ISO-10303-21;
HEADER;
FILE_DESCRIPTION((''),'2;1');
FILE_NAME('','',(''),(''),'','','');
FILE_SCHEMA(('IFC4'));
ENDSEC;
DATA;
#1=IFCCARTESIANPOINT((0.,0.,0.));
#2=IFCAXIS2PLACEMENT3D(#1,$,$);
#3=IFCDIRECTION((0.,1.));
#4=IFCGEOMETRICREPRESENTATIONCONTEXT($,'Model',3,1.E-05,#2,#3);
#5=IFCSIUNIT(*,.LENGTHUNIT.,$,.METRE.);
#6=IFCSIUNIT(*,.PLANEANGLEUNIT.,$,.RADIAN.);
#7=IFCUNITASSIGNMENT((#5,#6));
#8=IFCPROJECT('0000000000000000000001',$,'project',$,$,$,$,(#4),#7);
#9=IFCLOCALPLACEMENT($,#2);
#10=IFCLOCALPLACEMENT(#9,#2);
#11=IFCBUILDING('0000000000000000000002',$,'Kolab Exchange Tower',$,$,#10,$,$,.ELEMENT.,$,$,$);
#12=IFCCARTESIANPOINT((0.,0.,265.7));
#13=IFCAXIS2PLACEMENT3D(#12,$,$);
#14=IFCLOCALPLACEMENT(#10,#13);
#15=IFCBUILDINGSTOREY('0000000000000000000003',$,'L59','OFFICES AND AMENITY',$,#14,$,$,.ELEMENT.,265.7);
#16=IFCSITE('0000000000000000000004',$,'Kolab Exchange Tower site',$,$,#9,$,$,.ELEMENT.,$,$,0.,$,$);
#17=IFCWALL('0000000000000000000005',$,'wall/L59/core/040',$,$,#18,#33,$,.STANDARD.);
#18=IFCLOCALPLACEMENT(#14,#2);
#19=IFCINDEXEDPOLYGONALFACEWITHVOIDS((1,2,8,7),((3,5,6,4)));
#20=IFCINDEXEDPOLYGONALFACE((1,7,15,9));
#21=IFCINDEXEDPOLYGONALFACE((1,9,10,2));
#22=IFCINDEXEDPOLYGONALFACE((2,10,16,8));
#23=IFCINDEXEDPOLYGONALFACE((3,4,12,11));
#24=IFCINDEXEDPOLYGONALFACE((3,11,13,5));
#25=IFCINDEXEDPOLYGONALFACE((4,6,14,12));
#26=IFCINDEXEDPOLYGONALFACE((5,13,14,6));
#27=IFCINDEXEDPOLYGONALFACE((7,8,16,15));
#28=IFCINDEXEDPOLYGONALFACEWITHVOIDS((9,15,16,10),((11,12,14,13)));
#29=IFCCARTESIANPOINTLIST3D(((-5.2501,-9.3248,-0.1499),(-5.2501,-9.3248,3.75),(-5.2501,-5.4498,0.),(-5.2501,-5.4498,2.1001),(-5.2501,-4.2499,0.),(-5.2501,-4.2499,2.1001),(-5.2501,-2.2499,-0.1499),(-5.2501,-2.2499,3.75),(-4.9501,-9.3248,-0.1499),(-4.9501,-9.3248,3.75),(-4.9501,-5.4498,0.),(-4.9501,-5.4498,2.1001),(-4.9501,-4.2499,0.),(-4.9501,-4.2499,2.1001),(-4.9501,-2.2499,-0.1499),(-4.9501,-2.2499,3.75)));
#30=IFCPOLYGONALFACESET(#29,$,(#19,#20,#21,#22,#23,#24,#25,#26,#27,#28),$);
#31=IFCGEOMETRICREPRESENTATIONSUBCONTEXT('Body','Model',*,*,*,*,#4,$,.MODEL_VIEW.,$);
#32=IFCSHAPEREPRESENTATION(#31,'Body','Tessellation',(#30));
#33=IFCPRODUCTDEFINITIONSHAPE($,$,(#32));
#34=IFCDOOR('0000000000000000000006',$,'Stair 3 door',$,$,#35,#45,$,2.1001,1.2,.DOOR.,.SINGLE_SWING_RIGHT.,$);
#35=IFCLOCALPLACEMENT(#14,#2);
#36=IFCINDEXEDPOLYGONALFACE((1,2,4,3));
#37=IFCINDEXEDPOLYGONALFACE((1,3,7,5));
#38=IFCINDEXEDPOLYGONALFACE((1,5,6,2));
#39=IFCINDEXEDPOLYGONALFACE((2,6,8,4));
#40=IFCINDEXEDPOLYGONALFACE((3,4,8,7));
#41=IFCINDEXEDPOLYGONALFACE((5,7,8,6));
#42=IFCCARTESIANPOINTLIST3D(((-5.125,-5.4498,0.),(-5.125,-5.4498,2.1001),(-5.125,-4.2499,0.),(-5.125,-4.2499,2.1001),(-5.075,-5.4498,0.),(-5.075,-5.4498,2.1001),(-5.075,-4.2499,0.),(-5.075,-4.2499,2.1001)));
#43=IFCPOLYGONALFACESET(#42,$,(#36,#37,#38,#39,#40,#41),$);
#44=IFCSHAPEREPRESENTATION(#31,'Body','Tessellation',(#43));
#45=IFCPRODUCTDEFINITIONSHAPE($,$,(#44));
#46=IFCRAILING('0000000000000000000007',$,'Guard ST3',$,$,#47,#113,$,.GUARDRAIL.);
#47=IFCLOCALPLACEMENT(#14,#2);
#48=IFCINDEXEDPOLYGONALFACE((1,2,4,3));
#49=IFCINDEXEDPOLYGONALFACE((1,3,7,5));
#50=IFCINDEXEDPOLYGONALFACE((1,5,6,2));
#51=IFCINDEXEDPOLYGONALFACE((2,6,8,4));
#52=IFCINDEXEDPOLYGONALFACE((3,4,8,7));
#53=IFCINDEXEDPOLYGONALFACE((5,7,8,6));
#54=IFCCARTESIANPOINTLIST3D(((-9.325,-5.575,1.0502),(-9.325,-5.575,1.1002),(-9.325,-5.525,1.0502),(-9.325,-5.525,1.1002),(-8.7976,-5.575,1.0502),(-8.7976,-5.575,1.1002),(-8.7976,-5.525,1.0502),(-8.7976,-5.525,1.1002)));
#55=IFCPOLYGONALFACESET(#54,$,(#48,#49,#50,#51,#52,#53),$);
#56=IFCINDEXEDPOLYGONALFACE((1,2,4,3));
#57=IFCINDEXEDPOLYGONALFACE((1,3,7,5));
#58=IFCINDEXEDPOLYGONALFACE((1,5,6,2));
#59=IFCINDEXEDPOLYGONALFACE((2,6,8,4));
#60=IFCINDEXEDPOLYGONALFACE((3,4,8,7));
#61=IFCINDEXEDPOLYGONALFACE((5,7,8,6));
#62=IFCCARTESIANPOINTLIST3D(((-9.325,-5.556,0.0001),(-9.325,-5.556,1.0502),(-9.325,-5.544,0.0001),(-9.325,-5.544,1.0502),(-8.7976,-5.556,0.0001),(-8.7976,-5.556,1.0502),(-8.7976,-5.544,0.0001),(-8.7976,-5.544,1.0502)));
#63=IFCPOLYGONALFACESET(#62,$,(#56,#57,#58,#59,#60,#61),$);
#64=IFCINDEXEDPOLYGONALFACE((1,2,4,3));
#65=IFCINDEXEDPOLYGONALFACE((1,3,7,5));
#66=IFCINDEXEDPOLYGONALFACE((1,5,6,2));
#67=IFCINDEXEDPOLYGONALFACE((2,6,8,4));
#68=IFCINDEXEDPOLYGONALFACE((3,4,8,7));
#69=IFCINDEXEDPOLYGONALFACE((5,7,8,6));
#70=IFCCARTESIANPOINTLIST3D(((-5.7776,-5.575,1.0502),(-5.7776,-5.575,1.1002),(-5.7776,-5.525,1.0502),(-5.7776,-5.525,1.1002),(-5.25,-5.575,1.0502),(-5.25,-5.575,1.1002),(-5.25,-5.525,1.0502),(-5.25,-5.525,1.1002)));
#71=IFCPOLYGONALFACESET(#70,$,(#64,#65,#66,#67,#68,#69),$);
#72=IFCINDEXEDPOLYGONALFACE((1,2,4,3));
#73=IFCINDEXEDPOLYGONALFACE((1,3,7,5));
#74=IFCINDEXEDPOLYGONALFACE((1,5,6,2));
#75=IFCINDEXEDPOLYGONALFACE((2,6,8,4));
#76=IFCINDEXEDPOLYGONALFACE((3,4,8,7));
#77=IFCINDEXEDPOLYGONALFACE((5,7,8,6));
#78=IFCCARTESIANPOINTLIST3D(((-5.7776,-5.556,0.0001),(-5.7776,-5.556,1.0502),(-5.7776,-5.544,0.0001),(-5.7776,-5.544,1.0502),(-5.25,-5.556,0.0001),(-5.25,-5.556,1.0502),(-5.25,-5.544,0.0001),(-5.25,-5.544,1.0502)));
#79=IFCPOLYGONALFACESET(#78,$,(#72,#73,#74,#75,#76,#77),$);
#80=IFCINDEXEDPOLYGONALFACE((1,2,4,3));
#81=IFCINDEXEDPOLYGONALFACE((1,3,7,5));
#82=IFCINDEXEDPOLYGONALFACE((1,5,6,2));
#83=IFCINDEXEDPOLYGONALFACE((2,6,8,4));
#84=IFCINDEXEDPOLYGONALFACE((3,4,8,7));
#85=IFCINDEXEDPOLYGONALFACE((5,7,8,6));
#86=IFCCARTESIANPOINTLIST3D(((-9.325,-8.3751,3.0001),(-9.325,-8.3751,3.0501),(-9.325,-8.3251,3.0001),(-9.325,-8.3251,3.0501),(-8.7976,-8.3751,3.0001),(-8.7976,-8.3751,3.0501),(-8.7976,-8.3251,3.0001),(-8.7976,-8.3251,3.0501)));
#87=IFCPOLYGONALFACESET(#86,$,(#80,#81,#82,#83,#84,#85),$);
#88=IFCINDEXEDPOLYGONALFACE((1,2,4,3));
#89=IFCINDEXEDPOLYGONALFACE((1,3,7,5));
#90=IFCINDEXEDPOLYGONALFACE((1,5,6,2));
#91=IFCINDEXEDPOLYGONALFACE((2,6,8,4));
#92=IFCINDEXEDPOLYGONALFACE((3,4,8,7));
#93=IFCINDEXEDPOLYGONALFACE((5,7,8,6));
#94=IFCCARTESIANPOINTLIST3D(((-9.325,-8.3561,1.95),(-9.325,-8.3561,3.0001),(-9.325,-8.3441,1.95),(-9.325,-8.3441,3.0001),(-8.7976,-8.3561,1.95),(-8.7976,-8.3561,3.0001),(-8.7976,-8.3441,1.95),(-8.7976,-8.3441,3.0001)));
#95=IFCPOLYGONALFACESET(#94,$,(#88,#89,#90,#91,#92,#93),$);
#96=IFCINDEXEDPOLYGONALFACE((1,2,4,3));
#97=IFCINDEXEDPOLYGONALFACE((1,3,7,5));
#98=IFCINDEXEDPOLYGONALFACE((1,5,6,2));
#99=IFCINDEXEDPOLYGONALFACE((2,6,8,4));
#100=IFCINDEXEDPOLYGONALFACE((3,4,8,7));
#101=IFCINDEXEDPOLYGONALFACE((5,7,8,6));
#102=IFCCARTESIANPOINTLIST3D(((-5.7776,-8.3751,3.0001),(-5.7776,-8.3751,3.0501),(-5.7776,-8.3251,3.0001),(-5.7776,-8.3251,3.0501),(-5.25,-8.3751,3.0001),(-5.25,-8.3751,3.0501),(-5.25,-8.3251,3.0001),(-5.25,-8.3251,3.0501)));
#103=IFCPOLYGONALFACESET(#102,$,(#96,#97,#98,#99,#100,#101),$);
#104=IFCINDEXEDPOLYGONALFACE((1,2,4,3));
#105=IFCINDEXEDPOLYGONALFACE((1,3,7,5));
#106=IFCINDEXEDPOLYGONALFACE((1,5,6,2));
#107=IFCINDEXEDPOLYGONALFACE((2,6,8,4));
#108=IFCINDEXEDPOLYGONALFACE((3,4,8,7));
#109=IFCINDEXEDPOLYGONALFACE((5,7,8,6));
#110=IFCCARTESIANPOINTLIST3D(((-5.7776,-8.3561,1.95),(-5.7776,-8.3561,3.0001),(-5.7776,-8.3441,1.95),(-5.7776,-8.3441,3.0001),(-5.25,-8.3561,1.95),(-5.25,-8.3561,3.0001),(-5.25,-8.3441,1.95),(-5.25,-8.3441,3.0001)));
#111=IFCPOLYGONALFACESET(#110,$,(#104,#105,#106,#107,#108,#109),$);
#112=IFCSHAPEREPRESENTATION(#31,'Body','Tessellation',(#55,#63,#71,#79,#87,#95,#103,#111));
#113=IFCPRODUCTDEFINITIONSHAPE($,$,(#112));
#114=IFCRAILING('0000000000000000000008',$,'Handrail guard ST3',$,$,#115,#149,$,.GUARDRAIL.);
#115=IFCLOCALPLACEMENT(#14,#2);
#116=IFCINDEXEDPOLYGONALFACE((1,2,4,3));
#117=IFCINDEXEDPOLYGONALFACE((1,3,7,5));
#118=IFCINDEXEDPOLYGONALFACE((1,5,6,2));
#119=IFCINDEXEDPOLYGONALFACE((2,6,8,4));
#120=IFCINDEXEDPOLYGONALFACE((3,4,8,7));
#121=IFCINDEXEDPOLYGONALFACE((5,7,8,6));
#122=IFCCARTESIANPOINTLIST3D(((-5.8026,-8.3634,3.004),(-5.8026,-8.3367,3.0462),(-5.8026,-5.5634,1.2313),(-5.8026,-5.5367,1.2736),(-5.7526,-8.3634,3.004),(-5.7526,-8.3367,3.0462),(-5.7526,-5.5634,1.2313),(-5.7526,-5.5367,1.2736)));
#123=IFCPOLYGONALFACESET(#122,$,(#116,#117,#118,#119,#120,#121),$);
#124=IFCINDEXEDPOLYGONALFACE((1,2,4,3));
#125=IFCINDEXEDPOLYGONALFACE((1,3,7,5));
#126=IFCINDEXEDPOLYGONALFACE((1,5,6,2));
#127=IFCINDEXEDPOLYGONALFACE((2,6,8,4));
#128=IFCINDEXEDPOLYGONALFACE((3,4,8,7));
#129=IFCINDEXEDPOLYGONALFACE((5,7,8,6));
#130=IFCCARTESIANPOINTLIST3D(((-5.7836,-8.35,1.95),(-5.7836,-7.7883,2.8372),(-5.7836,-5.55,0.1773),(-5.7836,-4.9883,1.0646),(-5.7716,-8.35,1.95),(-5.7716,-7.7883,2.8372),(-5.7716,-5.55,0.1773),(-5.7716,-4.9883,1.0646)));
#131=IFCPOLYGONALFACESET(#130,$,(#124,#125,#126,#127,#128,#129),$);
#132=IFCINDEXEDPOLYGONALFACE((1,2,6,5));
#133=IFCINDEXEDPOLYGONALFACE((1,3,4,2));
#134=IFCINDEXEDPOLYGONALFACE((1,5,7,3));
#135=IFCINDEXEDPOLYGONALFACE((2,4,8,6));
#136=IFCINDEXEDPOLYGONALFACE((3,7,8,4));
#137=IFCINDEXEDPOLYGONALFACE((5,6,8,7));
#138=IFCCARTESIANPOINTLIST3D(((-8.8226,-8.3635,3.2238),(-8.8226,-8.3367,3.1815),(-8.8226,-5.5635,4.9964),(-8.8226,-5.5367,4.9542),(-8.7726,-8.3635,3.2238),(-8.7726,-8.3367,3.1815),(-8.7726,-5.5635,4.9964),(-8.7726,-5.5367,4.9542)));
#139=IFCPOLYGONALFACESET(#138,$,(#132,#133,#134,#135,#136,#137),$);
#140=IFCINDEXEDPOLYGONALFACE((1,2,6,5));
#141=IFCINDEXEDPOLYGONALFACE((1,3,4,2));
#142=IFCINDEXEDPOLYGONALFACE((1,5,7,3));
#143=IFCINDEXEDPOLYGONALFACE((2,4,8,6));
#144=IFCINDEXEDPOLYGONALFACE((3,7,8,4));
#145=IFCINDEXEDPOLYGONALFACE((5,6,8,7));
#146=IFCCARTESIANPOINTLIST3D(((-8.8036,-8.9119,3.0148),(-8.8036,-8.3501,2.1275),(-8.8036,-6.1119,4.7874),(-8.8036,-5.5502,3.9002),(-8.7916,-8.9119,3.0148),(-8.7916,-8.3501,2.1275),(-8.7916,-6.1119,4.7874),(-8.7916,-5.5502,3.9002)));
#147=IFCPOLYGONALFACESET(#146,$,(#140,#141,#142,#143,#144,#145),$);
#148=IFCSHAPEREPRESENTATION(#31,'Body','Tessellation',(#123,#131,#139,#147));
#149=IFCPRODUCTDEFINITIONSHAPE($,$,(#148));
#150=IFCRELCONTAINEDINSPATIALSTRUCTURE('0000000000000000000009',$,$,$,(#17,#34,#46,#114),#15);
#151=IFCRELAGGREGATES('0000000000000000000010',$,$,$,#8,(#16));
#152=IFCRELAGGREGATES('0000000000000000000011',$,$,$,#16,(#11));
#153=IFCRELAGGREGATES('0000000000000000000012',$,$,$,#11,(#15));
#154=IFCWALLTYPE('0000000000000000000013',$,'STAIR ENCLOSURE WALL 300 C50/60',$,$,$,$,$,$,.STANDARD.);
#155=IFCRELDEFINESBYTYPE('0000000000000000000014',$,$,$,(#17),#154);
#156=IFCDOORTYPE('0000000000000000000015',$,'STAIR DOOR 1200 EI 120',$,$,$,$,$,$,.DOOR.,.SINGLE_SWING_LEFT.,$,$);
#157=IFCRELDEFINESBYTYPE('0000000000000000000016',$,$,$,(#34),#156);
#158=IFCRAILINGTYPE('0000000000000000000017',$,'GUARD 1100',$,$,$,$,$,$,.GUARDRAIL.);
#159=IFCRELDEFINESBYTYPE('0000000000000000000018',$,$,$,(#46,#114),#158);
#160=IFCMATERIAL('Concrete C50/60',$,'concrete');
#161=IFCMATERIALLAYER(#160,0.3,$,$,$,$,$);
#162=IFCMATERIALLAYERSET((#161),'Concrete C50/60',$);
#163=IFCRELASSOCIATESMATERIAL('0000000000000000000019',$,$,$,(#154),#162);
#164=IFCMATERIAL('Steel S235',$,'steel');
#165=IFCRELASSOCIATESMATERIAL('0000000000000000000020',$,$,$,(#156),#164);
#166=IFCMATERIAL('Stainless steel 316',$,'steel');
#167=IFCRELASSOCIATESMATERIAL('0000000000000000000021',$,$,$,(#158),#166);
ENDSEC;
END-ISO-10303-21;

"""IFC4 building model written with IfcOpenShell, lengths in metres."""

from ifc_helpers import new_model, si_unit, direction, frame, frame_2d, origin, origin_2d, place, context, subcontext, project, spatial, rectangle, extrude, material, layer, layer_set, type_object, element, fill, save


model = new_model("IFC4")

# Units and contexts
model_context = context("Model", 3, precision=1e-05, world=origin(), true_north=direction((0.0, 1.0)))
body_context = subcontext(model_context, "Body", "Model", "MODEL_VIEW")
ifc_project = project(units=[si_unit("LENGTHUNIT", "METRE"), si_unit("PLANEANGLEUNIT", "RADIAN")], contexts=[model_context])

# Site, building, storey
site_placement = place(None, origin())
site = spatial("IfcSite", under=ifc_project, at=site_placement, Name="Kolab Exchange Tower site", CompositionType="ELEMENT", RefElevation=0.0)
building_placement = place(site_placement, origin())
building = spatial("IfcBuilding", under=site, at=building_placement, Name="Kolab Exchange Tower", CompositionType="ELEMENT")
storey_placement = place(building_placement, frame((0.0, 0.0, 265.7)))
storey = spatial("IfcBuildingStorey", under=building, at=storey_placement, Name="L59", Description="OFFICES AND AMENITY", CompositionType="ELEMENT", Elevation=265.7)

# Shared definitions
ifc_material_1 = material(Name="Concrete C50/60", Category="concrete")
ifc_material_2 = material(Name="Steel S235", Category="steel")

# Shared definitions
ifc_material_3 = material(Name="Stainless steel 316", Category="steel")

# Shared definitions
ifc_layer_1 = layer(ifc_material_1, 0.3)
ifc_layer_set_1 = layer_set([ifc_layer_1], Name="Concrete C50/60")
wall_type_1 = type_object("IfcWallType", Name="STAIR ENCLOSURE WALL 300 C50/60", PredefinedType="STANDARD", material=ifc_layer_set_1)

# Wall, opening, door
wall_1_placement = place(storey_placement, frame((-5.1001, -9.325, -0.1499), z_axis=(0.0, 0.0, 1.0), x_axis=(0.0, 1.0, 0.0)))
wall_1 = element("IfcWall", 1, at=wall_1_placement, inside=storey, type_object=wall_type_1, Name="wall/L59/core/040", PredefinedType="STANDARD", context=body_context, shape_type="SweptSolid", body=[
    extrude(rectangle(XDim=7.075, YDim=0.3, at=frame_2d((3.5376, 0.0))), origin(), (0.0, 0.0, 1.0), 3.8999),
])
opening_1_placement = place(wall_1_placement, frame((3.875, 0.0, 0.1499)))
opening_1 = element("IfcOpeningElement", 2, at=opening_1_placement, cuts=wall_1, PredefinedType="OPENING", context=body_context, shape_type="SweptSolid", body=[
    extrude(rectangle(XDim=1.2, YDim=2.1001, at=frame_2d((0.6001, 1.05))), frame((0.0, 0.1602, 0.0), z_axis=(0.0, -1.0, 0.0), x_axis=(1.0, 0.0, 0.0)), (0.0, 0.0, 1.0), 0.3201),
])
door_type_1 = type_object("IfcDoorType", Name="STAIR DOOR 1200 EI 120", OperationType="SINGLE_SWING_LEFT", PredefinedType="DOOR", material=ifc_material_2)
door_1_placement = place(opening_1_placement, origin())
door_1 = element("IfcDoor", 3, at=door_1_placement, inside=storey, type_object=door_type_1, Name="Stair 3 door", OperationType="SINGLE_SWING_RIGHT", OverallHeight=2.1001, OverallWidth=1.2, PredefinedType="DOOR", context=body_context, shape_type="SweptSolid", body=[
    extrude(rectangle(XDim=1.2, YDim=2.1001, at=frame_2d((0.6001, 1.05))), frame((0.0, 0.0249, 0.0), z_axis=(0.0, -1.0, 0.0), x_axis=(1.0, 0.0, 0.0)), (0.0, 0.0, 1.0), 0.05),
])
fill(opening_1, door_1)

# Railings
railing_type = type_object("IfcRailingType", Name="GUARD 1100", PredefinedType="GUARDRAIL", material=ifc_material_3)
railing_1_placement = place(storey_placement, frame((-9.325, -5.55, 0.0)))
element("IfcRailing", 4, at=railing_1_placement, inside=storey, type_object=railing_type, Name="Guard ST3", PredefinedType="GUARDRAIL", context=body_context, shape_type="SweptSolid", body=[
    extrude(rectangle(XDim=0.05, YDim=0.05, at=origin_2d()), frame((0.0, 0.0, 1.0752), z_axis=(1.0, 0.0, 0.0), x_axis=(0.0, 1.0, 0.0)), (0.0, 0.0, 1.0), 0.5273),
    extrude(rectangle(XDim=0.012, YDim=1.0501, at=frame_2d((0.0, 0.5251))), frame((0.0, 0.0, 0.0), z_axis=(1.0, 0.0, 0.0), x_axis=(0.0, 1.0, 0.0)), (0.0, 0.0, 1.0), 0.5273),
    extrude(rectangle(XDim=0.05, YDim=0.05, at=origin_2d()), frame((3.5474, 0.0, 1.0752), z_axis=(1.0, 0.0, 0.0), x_axis=(0.0, 1.0, 0.0)), (0.0, 0.0, 1.0), 0.5276),
    extrude(rectangle(XDim=0.012, YDim=1.0501, at=frame_2d((0.0, 0.5251))), frame((3.5474, 0.0, 0.0), z_axis=(1.0, 0.0, 0.0), x_axis=(0.0, 1.0, 0.0)), (0.0, 0.0, 1.0), 0.5276),
    extrude(rectangle(XDim=0.05, YDim=0.05, at=origin_2d()), frame((0.0, -2.8, 3.0251), z_axis=(1.0, 0.0, 0.0), x_axis=(0.0, 1.0, 0.0)), (0.0, 0.0, 1.0), 0.5273),
    extrude(rectangle(XDim=0.012, YDim=1.0501, at=frame_2d((0.0, 0.5251))), frame((0.0, -2.8, 1.95), z_axis=(1.0, 0.0, 0.0), x_axis=(0.0, 1.0, 0.0)), (0.0, 0.0, 1.0), 0.5273),
    extrude(rectangle(XDim=0.05, YDim=0.05, at=origin_2d()), frame((3.5474, -2.8, 3.0251), z_axis=(1.0, 0.0, 0.0), x_axis=(0.0, 1.0, 0.0)), (0.0, 0.0, 1.0), 0.5276),
    extrude(rectangle(XDim=0.012, YDim=1.0501, at=frame_2d((0.0, 0.5251))), frame((3.5474, -2.8, 1.95), z_axis=(1.0, 0.0, 0.0), x_axis=(0.0, 1.0, 0.0)), (0.0, 0.0, 1.0), 0.5276),
])
railing_2_placement = place(storey_placement, frame((-5.7776, -5.55, 0.1772)))
element("IfcRailing", 5, at=railing_2_placement, inside=storey, type_object=railing_type, Name="Handrail guard ST3", PredefinedType="GUARDRAIL", context=body_context, shape_type="SweptSolid", body=[
    extrude(rectangle(XDim=0.05, YDim=0.05, at=origin_2d()), frame((0.0, 0.0, 1.0752), z_axis=(0.0, -0.844909, 0.53491), x_axis=(1.0, 0.0, 0.0)), (0.0, 0.0, 1.0), 3.314),
    extrude(rectangle(XDim=0.012, YDim=1.0501, at=frame_2d((0.0, 0.5251))), frame((0.0, 0.0, 0.0), z_axis=(0.0, -0.844909, 0.53491), x_axis=(1.0, 0.0, 0.0)), (0.0, 0.0, 1.0), 3.314),
    extrude(rectangle(XDim=0.05, YDim=0.05, at=origin_2d()), frame((-3.02, -2.8, 3.0254), z_axis=(0.0, 0.844909, 0.53491), x_axis=(-1.0, 0.0, 0.0)), (0.0, 0.0, 1.0), 3.314),
    extrude(rectangle(XDim=0.012, YDim=1.0501, at=frame_2d((0.0, 0.5251))), frame((-3.02, -2.8, 1.9502), z_axis=(0.0, 0.844909, 0.53491), x_axis=(-1.0, 0.0, 0.0)), (0.0, 0.0, 1.0), 3.314),
])

save(model, "model.ifc")
